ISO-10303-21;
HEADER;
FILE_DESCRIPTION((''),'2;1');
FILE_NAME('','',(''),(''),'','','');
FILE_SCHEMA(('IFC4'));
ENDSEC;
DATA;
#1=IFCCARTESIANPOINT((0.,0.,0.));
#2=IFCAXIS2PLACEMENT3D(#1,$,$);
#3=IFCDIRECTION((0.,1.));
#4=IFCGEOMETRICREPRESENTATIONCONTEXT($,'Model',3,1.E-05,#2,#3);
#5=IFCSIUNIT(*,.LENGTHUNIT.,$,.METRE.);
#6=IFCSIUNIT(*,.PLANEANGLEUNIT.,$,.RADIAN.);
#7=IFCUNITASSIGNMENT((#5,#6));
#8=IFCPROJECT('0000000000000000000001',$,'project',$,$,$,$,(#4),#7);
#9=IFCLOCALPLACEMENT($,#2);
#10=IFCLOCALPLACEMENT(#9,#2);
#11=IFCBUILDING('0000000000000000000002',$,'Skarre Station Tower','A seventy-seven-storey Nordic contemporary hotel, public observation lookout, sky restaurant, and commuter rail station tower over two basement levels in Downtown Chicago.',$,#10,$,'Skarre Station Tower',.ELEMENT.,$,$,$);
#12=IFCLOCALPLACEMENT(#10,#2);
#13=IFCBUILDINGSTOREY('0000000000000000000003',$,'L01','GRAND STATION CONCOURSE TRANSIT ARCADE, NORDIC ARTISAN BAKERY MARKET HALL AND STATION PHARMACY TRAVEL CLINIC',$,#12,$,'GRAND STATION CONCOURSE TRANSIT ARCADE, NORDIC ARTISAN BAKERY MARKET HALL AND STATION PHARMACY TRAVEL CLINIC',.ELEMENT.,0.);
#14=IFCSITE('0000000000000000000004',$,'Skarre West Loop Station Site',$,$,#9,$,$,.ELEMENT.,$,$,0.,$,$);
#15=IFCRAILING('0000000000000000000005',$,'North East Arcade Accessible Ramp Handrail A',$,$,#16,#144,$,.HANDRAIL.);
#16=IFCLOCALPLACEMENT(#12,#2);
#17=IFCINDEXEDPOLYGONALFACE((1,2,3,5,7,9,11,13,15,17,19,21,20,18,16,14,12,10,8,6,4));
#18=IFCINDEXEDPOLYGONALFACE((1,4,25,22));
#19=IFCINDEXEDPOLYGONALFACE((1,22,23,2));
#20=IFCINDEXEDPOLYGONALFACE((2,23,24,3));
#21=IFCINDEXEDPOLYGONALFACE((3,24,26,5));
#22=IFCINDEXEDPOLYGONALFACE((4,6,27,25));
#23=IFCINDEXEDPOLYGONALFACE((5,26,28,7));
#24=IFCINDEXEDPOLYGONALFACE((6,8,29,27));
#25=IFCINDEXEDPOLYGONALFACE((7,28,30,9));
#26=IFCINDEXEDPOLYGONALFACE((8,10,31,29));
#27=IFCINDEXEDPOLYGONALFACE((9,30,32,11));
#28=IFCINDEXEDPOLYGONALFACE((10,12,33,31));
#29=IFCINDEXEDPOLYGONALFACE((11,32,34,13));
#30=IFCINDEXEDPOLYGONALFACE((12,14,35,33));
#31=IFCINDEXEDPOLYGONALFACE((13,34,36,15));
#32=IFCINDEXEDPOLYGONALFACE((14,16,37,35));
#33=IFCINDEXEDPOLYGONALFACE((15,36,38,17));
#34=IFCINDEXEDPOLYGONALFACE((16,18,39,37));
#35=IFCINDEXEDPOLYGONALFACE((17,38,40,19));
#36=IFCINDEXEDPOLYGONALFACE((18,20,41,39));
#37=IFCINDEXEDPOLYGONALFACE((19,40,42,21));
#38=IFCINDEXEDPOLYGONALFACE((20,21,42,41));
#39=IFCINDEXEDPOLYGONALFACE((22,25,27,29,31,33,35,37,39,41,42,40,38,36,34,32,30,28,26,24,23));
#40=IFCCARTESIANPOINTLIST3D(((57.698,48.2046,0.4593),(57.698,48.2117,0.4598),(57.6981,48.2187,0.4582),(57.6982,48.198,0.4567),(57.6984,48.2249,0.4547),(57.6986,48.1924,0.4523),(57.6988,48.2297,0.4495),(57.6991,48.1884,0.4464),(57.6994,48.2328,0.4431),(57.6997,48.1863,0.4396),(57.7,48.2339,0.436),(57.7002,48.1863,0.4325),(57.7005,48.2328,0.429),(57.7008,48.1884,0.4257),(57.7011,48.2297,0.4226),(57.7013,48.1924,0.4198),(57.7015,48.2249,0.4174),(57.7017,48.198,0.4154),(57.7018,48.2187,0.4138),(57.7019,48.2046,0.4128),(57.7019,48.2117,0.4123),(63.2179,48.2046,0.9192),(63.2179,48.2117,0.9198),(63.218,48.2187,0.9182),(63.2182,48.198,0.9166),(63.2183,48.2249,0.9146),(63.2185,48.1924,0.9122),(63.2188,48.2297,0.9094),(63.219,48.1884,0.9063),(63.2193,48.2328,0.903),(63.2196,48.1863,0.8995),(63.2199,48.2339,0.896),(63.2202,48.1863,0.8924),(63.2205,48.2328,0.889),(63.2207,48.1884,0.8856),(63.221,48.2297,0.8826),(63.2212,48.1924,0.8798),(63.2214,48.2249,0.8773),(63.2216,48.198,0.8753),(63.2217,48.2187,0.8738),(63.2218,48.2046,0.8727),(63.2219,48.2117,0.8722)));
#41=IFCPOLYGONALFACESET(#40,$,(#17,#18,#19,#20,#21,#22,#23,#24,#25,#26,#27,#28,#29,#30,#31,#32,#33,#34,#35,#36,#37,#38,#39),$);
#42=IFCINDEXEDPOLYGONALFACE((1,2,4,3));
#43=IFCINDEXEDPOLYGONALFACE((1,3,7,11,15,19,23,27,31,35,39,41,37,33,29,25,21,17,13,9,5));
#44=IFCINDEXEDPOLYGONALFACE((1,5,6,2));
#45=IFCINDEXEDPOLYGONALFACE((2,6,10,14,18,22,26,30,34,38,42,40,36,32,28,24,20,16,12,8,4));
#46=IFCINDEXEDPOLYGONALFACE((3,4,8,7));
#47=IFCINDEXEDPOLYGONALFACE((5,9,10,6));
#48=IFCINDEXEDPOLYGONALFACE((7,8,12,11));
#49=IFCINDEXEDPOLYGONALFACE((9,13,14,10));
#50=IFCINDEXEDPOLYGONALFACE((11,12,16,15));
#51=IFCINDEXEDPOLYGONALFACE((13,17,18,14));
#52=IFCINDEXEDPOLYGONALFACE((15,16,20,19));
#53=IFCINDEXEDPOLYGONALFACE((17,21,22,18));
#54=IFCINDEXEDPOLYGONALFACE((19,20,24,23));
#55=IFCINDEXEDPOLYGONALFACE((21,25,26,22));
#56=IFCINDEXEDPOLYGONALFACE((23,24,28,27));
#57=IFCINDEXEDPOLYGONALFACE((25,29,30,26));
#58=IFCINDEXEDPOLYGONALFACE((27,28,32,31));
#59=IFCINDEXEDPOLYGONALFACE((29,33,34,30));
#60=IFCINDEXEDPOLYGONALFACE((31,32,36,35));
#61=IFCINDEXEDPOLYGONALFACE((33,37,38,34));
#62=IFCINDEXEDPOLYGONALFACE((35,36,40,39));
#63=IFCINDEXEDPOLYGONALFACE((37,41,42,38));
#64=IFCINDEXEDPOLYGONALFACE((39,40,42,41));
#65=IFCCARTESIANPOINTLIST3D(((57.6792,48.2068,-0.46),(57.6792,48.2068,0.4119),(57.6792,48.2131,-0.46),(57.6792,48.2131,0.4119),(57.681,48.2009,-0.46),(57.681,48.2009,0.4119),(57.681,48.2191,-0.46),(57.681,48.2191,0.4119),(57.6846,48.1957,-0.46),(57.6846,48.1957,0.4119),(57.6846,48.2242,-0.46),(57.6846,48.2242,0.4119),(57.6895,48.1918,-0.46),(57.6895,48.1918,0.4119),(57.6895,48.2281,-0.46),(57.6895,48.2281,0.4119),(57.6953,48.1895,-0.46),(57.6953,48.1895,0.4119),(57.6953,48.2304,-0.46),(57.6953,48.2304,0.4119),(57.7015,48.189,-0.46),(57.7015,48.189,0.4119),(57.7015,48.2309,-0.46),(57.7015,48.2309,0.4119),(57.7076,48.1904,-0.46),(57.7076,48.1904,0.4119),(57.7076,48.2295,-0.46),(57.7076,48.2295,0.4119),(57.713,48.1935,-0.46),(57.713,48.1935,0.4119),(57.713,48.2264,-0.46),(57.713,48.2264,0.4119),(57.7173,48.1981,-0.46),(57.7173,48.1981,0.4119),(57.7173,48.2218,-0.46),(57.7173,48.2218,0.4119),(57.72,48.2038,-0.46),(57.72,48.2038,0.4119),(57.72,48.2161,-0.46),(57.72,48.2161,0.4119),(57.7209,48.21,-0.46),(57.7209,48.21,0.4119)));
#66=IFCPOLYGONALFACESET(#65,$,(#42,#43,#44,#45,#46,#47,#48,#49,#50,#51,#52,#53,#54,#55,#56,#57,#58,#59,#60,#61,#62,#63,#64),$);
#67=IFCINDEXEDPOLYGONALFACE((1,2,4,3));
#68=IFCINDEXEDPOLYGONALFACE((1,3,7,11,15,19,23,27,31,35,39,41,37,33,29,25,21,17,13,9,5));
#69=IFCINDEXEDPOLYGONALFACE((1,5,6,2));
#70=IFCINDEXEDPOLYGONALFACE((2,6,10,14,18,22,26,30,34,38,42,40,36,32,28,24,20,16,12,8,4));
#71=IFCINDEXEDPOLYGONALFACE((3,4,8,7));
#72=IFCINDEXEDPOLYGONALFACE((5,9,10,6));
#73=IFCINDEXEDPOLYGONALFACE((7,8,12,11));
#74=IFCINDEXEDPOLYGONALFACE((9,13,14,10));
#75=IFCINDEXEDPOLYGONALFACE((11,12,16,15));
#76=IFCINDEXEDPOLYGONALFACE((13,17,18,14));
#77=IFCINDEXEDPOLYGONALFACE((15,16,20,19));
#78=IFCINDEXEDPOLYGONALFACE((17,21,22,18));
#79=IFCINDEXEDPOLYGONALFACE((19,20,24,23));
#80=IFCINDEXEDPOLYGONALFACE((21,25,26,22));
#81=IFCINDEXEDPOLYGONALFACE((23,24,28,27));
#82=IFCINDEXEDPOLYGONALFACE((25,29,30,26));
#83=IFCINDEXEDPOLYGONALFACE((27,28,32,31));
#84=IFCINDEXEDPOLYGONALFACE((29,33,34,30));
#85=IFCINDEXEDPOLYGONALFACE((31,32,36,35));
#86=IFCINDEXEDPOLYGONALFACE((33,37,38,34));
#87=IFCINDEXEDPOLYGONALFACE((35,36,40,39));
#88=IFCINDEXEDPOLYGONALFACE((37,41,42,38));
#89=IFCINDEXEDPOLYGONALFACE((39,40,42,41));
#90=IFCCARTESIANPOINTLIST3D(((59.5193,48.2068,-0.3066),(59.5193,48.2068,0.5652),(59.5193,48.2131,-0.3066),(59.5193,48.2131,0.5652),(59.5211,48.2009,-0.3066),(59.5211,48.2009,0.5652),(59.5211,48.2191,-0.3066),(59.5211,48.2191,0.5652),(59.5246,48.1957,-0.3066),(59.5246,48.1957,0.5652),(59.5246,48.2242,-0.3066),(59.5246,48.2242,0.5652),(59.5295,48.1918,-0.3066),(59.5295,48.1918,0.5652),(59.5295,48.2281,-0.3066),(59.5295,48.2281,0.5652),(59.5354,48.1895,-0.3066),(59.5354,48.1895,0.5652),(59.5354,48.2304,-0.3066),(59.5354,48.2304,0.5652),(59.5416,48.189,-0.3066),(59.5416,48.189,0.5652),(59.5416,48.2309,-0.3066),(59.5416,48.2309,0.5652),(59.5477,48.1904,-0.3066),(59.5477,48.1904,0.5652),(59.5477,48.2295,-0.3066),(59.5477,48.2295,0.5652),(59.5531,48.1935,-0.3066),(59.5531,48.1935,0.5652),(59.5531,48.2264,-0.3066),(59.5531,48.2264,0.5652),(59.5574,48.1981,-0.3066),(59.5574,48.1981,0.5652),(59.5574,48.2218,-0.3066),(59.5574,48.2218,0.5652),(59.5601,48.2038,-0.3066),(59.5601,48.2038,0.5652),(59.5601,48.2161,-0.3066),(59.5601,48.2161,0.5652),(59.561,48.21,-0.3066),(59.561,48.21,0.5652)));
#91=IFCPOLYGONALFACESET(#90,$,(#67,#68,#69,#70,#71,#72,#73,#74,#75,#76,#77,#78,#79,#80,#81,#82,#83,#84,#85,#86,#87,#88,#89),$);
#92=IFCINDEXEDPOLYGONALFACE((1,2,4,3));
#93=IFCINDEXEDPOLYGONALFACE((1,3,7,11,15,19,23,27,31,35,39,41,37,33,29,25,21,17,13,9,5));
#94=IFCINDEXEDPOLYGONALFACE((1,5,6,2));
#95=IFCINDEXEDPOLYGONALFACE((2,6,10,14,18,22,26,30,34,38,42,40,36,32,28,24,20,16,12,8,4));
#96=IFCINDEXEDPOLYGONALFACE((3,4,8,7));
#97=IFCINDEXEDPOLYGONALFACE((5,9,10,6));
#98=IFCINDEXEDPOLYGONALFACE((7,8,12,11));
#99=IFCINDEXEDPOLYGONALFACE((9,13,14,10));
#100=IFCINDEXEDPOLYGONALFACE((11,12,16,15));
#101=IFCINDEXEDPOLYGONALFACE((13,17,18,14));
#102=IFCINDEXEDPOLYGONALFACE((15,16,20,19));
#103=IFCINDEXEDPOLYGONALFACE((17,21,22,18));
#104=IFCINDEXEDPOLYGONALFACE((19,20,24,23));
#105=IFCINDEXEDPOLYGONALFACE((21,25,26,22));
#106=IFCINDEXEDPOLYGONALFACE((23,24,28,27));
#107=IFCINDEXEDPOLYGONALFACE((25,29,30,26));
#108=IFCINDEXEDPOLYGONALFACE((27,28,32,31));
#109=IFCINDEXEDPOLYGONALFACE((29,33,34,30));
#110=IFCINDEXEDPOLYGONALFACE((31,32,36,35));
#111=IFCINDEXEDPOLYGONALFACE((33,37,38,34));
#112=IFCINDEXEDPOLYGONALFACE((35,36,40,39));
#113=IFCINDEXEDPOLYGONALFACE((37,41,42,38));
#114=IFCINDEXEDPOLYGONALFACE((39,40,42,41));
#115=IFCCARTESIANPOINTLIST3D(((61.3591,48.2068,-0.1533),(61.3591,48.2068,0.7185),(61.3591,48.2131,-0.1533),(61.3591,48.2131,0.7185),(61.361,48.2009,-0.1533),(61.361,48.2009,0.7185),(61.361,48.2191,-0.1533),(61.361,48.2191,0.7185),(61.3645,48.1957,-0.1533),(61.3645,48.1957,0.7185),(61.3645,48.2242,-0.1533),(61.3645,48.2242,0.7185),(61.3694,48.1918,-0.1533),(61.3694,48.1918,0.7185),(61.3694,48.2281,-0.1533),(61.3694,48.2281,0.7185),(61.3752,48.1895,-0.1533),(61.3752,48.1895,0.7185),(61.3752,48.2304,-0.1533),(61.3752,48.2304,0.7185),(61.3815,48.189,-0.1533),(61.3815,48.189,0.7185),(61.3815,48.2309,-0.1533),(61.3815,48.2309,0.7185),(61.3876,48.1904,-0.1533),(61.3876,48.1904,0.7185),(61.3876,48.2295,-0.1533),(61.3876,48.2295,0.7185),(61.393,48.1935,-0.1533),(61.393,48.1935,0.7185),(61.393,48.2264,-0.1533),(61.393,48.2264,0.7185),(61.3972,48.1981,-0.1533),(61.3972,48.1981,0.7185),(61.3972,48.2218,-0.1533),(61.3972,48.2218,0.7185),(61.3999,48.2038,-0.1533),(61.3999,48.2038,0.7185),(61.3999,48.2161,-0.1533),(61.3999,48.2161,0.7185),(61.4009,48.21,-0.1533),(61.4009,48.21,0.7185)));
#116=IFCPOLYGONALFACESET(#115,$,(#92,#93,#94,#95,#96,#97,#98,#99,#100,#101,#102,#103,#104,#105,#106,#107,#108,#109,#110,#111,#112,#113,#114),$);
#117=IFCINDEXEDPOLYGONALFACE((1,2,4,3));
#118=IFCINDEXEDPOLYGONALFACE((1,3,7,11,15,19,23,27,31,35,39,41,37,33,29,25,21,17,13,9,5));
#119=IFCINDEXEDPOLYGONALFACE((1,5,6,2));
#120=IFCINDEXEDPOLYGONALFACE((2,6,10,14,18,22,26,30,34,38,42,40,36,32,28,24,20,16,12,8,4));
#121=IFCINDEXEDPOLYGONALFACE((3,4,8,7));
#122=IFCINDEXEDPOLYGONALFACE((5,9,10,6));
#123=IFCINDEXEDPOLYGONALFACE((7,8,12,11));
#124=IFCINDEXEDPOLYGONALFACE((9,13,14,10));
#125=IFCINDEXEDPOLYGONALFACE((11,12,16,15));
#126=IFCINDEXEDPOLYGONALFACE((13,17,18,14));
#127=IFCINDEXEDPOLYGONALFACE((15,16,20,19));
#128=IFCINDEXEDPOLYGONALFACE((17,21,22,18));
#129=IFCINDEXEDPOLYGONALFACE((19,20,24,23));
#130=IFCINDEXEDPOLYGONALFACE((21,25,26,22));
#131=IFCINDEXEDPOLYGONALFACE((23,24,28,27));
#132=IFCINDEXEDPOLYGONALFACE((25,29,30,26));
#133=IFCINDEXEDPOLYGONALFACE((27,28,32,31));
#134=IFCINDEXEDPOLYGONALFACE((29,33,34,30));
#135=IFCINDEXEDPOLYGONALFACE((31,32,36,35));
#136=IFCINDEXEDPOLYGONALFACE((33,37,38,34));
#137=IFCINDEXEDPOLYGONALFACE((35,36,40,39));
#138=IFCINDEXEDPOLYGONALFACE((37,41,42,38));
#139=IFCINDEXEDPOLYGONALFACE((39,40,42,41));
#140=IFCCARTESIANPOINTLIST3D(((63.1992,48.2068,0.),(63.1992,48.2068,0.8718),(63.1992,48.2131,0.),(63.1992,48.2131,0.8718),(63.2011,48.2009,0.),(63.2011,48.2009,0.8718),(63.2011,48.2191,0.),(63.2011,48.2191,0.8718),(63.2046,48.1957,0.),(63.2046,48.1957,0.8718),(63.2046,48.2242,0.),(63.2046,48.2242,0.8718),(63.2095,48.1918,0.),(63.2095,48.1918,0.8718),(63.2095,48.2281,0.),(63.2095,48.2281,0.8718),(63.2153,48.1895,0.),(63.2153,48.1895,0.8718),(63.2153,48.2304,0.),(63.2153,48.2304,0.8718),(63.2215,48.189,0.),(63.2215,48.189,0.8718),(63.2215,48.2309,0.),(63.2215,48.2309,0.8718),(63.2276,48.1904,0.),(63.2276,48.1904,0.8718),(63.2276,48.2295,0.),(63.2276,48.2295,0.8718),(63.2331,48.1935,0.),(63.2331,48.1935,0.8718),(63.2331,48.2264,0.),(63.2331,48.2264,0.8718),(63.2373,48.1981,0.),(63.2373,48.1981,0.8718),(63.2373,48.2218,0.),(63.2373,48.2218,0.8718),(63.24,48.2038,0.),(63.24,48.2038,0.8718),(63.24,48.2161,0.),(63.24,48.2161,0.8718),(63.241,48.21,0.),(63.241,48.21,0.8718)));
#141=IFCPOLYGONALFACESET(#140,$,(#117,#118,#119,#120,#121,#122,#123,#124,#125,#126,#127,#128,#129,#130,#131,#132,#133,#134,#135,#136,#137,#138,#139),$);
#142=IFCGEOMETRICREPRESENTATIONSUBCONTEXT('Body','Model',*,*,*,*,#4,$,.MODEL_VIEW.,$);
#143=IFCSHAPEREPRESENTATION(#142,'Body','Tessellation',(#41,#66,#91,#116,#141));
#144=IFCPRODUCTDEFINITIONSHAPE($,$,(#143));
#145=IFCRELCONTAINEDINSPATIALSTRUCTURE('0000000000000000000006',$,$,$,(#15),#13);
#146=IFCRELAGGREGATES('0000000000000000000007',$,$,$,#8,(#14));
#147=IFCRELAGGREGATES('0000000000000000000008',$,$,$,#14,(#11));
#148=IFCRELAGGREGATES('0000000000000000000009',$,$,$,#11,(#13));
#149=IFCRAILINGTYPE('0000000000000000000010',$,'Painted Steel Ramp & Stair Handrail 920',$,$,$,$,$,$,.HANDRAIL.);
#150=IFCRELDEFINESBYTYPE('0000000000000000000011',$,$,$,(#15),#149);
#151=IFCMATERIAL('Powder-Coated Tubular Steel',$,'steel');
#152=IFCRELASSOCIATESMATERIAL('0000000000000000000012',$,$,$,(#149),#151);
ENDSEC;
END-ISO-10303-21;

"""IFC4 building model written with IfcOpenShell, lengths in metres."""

from ifc_helpers import new_model, si_unit, direction, frame, origin, origin_2d, place, context, subcontext, project, spatial, circle, extrude, material, type_object, element, save


model = new_model("IFC4")

# Units and contexts
model_context = context("Model", 3, precision=1e-05, world=origin(), true_north=direction((0.0, 1.0)))
body_context = subcontext(model_context, "Body", "Model", "MODEL_VIEW")
ifc_project = project(units=[si_unit("LENGTHUNIT", "METRE"), si_unit("PLANEANGLEUNIT", "RADIAN")], contexts=[model_context])

# Site, building, storey
site_placement = place(None, origin())
site = spatial("IfcSite", under=ifc_project, at=site_placement, Name="Skarre West Loop Station Site", CompositionType="ELEMENT", RefElevation=0.0)
building_placement = place(site_placement, origin())
building = spatial("IfcBuilding", under=site, at=building_placement, Name="Skarre Station Tower", Description="A seventy-seven-storey Nordic contemporary hotel, public observation lookout, sky restaurant, and commuter rail station tower over two basement levels in Downtown Chicago.", LongName="Skarre Station Tower", CompositionType="ELEMENT")
storey_placement = place(building_placement, origin())
storey = spatial("IfcBuildingStorey", under=building, at=storey_placement, Name="L01", Description="GRAND STATION CONCOURSE TRANSIT ARCADE, NORDIC ARTISAN BAKERY MARKET HALL AND STATION PHARMACY TRAVEL CLINIC", LongName="GRAND STATION CONCOURSE TRANSIT ARCADE, NORDIC ARTISAN BAKERY MARKET HALL AND STATION PHARMACY TRAVEL CLINIC", CompositionType="ELEMENT", Elevation=0.0)

# Railing
ifc_material_1 = material(Name="Powder-Coated Tubular Steel", Category="steel")
railing_type = type_object("IfcRailingType", Name="Painted Steel Ramp & Stair Handrail 920", PredefinedType="HANDRAIL", material=ifc_material_1)
for number, where, name in (
    (1, (57.7, 48.21, -0.46), "North East Arcade Accessible Ramp Handrail A"),
):
    element("IfcRailing", number, at=place(storey_placement, frame(where)), inside=storey, type_object=railing_type, Name=name, PredefinedType="HANDRAIL", context=body_context, shape_type="SweptSolid", body=[
        extrude(circle(Radius=0.0239, at=origin_2d()), frame((0.0, 0.0, 0.896), z_axis=(0.996546, 0.0, 0.083038), x_axis=(0.0, 1.0, 0.0)), (0.0, 0.0, 1.0), 5.5391),
        extrude(circle(Radius=0.021, at=origin_2d()), origin(), (0.0, 0.0, 1.0), 0.8718),
        extrude(circle(Radius=0.021, at=origin_2d()), frame((1.8401, 0.0, 0.1533)), (0.0, 0.0, 1.0), 0.8718),
        extrude(circle(Radius=0.021, at=origin_2d()), frame((3.6799, 0.0, 0.3066)), (0.0, 0.0, 1.0), 0.8718),
        extrude(circle(Radius=0.021, at=origin_2d()), frame((5.52, 0.0, 0.46)), (0.0, 0.0, 1.0), 0.8718),
    ])

save(model, "model.ifc")
